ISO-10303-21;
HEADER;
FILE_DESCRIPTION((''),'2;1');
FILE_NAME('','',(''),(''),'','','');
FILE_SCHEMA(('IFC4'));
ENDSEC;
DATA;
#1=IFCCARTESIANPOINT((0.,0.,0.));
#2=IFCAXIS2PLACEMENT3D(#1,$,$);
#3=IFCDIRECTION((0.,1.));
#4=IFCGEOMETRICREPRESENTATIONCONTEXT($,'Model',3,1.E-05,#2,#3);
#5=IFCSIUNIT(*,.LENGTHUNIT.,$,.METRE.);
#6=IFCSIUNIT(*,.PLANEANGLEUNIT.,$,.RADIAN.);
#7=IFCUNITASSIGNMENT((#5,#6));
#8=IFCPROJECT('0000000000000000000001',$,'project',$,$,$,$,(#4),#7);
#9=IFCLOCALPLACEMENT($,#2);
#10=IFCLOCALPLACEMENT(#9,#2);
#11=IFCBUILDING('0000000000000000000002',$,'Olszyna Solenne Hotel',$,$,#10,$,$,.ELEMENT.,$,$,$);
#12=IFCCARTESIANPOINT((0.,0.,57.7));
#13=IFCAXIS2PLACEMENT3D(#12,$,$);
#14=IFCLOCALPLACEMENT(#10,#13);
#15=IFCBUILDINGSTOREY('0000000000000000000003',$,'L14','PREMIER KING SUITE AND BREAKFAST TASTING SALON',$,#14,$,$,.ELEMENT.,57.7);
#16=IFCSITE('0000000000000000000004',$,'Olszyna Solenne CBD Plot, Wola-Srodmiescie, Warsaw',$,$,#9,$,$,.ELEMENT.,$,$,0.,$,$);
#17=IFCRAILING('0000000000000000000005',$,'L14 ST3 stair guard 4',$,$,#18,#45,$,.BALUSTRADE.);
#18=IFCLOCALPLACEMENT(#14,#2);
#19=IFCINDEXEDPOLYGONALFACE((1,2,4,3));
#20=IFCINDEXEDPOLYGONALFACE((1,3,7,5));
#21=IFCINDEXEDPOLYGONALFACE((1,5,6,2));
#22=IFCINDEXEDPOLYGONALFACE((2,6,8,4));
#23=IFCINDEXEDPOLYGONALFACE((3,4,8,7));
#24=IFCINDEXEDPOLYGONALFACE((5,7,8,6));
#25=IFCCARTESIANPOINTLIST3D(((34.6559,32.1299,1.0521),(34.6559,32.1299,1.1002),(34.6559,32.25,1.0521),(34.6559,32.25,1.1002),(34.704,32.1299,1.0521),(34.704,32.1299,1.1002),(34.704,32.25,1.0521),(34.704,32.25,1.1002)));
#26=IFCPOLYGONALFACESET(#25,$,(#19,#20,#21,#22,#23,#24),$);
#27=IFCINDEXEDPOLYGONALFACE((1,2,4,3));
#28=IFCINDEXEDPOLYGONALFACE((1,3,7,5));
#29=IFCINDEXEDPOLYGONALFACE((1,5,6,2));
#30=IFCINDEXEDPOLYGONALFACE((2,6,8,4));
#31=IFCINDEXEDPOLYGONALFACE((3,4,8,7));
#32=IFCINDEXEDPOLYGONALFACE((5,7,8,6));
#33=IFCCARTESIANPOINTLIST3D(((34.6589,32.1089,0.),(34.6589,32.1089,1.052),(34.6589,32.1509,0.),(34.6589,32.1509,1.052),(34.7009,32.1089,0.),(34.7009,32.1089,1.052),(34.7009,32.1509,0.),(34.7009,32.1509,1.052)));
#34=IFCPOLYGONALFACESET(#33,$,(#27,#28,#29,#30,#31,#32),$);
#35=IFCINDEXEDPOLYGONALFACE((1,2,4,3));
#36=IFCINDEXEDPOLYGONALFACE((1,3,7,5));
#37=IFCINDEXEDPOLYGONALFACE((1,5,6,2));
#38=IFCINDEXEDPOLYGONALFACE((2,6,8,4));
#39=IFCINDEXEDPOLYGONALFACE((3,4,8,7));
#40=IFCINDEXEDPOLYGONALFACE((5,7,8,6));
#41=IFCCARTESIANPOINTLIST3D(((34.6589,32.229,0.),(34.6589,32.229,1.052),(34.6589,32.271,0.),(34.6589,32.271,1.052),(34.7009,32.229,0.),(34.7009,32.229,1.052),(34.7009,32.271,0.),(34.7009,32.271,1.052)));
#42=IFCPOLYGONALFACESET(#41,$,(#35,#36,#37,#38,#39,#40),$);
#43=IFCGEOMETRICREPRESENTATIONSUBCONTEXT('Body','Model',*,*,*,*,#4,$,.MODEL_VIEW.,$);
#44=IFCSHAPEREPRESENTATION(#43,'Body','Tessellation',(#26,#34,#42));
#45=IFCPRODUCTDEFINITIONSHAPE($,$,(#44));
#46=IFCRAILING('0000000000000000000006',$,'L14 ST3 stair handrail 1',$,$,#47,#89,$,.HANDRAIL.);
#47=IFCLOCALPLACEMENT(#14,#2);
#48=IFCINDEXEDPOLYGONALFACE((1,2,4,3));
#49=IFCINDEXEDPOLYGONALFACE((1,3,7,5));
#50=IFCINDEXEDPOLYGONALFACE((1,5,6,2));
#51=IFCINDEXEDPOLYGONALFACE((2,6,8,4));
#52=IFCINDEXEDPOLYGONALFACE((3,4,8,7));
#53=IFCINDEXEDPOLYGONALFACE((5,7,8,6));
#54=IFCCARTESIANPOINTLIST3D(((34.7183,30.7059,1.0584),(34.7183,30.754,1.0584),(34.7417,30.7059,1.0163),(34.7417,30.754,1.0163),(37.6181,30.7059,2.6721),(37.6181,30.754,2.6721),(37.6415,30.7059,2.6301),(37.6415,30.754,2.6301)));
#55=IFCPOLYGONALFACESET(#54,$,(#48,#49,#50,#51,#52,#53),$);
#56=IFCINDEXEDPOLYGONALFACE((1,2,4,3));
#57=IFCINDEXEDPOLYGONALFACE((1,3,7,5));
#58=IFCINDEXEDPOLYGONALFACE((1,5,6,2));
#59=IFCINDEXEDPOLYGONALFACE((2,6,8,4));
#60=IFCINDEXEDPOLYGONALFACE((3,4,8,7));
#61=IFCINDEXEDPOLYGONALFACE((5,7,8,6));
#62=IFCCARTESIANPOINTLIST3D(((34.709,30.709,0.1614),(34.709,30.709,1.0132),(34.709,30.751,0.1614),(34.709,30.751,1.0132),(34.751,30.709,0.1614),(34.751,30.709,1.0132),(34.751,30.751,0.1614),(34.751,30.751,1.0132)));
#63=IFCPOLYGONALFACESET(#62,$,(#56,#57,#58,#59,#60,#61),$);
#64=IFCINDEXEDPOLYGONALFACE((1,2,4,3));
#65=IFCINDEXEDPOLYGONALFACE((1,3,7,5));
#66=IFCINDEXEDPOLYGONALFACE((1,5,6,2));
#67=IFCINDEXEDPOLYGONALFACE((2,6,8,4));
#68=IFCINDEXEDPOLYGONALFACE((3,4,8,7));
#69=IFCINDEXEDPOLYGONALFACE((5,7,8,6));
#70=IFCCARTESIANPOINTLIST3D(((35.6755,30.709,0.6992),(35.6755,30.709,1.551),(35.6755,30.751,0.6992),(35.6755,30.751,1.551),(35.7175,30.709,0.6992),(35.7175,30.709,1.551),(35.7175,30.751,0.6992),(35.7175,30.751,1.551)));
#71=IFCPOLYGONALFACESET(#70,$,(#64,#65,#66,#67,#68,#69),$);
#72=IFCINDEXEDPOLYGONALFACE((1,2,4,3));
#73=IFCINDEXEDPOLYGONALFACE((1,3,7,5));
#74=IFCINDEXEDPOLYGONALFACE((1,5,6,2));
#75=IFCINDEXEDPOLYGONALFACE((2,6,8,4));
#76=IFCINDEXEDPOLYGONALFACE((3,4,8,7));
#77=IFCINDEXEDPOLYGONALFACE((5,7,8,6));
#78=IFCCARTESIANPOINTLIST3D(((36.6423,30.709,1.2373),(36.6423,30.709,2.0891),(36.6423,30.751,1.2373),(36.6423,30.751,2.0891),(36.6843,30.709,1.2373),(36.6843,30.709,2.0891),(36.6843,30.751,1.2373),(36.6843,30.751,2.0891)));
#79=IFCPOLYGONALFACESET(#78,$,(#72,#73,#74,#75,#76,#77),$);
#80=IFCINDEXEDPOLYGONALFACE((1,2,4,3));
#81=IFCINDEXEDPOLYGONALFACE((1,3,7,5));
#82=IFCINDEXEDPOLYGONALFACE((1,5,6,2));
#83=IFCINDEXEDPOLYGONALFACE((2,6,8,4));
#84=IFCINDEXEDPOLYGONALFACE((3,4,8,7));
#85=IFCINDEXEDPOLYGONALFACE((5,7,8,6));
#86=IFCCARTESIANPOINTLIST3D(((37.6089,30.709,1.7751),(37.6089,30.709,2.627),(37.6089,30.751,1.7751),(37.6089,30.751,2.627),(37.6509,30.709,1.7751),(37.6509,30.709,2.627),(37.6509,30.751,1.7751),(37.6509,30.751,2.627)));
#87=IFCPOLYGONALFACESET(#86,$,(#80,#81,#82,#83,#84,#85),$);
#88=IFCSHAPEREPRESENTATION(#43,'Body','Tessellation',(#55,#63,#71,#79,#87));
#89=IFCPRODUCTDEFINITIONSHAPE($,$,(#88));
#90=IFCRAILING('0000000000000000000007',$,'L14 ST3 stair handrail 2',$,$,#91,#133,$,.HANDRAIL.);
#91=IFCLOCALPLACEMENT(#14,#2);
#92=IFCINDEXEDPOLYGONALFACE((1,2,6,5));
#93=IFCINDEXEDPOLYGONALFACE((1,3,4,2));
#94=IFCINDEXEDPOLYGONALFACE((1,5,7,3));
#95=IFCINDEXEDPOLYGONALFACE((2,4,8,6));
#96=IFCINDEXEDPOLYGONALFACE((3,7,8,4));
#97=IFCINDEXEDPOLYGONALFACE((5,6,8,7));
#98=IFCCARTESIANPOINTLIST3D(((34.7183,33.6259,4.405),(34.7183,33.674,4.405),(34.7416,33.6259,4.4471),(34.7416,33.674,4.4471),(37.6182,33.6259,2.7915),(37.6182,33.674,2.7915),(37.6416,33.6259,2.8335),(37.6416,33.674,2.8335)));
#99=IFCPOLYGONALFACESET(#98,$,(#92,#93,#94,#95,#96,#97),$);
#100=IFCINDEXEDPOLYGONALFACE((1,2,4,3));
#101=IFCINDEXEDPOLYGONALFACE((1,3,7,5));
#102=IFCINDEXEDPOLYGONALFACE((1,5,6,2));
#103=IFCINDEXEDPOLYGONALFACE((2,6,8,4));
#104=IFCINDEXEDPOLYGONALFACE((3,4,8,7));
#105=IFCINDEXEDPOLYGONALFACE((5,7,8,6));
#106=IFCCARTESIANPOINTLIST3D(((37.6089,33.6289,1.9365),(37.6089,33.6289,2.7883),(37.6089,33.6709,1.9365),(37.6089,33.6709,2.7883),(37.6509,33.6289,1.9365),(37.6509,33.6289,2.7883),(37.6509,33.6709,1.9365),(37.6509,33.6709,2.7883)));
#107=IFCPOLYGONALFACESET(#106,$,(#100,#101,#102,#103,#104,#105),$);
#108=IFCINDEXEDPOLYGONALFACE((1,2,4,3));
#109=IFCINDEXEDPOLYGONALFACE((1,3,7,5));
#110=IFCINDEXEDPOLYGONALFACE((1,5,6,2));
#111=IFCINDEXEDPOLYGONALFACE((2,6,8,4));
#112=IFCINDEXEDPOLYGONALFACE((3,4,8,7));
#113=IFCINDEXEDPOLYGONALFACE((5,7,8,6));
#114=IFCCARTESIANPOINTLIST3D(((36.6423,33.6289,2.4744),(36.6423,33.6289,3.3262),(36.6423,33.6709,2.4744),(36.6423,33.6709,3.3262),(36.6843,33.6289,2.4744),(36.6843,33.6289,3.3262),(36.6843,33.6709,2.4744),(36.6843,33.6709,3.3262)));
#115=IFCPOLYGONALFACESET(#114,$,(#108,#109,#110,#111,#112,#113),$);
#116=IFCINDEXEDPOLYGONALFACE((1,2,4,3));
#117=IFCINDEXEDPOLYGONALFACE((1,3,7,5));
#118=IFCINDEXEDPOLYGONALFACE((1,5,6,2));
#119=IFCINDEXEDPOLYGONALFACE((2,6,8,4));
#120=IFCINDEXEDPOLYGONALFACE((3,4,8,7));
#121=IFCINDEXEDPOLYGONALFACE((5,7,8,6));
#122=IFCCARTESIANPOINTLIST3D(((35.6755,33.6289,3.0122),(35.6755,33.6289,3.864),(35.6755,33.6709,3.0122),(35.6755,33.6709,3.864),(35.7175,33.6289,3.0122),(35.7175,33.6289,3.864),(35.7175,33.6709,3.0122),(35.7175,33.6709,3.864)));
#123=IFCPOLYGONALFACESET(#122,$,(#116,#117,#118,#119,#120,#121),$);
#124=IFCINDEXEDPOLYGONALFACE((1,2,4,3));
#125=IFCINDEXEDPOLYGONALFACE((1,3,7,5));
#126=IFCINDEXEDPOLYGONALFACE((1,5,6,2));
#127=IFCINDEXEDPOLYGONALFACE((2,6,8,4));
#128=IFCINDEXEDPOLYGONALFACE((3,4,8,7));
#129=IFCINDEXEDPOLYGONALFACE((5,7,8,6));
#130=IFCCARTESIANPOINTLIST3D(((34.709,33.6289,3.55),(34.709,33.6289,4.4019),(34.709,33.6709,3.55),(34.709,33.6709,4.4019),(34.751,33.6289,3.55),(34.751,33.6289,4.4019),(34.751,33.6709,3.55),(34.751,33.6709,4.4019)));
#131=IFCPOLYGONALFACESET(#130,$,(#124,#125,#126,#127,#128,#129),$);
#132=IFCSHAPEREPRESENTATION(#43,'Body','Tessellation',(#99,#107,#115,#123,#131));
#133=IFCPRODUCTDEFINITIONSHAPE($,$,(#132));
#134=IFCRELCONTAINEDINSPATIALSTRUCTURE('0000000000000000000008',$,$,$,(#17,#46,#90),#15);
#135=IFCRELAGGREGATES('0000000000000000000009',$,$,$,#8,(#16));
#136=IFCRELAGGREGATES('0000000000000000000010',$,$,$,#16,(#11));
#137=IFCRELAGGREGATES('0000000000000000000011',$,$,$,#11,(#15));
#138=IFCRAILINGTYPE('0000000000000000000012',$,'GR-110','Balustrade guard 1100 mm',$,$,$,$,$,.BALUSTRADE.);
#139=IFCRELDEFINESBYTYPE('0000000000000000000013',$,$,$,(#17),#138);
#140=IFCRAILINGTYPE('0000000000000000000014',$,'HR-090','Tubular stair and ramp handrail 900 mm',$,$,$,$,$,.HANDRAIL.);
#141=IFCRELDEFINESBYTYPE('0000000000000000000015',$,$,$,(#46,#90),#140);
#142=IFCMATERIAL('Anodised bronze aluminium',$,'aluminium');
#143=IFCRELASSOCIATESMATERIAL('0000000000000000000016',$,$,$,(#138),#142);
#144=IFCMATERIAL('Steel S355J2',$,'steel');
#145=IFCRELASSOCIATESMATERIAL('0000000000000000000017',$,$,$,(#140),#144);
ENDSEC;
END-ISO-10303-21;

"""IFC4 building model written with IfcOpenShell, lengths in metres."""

from ifc_helpers import new_model, si_unit, direction, frame, origin, origin_2d, place, context, subcontext, project, spatial, rectangle, extrude, material, type_object, element, save


model = new_model("IFC4")

# Units and contexts
model_context = context("Model", 3, precision=1e-05, world=origin(), true_north=direction((0.0, 1.0)))
body_context = subcontext(model_context, "Body", "Model", "MODEL_VIEW")
ifc_project = project(units=[si_unit("LENGTHUNIT", "METRE"), si_unit("PLANEANGLEUNIT", "RADIAN")], contexts=[model_context])

# Site, building, storey
site_placement = place(None, origin())
site = spatial("IfcSite", under=ifc_project, at=site_placement, Name="Olszyna Solenne CBD Plot, Wola-Srodmiescie, Warsaw", CompositionType="ELEMENT", RefElevation=0.0)
building_placement = place(site_placement, origin())
building = spatial("IfcBuilding", under=site, at=building_placement, Name="Olszyna Solenne Hotel", CompositionType="ELEMENT")
storey_placement = place(building_placement, frame((0.0, 0.0, 57.7)))
storey = spatial("IfcBuildingStorey", under=building, at=storey_placement, Name="L14", Description="PREMIER KING SUITE AND BREAKFAST TASTING SALON", CompositionType="ELEMENT", Elevation=57.7)

# Shared definitions
ifc_material_1 = material(Name="Steel S355J2", Category="steel")

# Shared definitions
ifc_material_2 = material(Name="Anodised bronze aluminium", Category="aluminium")

# Railings
railing_type_1 = type_object("IfcRailingType", Name="GR-110", Description="Balustrade guard 1100 mm", PredefinedType="BALUSTRADE", material=ifc_material_2)
railing_1_placement = place(storey_placement, frame((34.6799, 32.1299, 0.0)))
element("IfcRailing", 1, at=railing_1_placement, inside=storey, type_object=railing_type_1, Name="L14 ST3 stair guard 4", PredefinedType="BALUSTRADE", context=body_context, shape_type="SweptSolid", body=[
    extrude(rectangle(XDim=0.0481, YDim=0.0481, at=origin_2d()), frame((0.0, 0.0, 1.0762), z_axis=(0.0, 1.0, 0.0), x_axis=(-1.0, 0.0, 0.0)), (0.0, 0.0, 1.0), 0.1201),
    extrude(rectangle(XDim=0.042, YDim=0.042, at=origin_2d()), origin(), (0.0, 0.0, 1.0), 1.052),
    extrude(rectangle(XDim=0.042, YDim=0.042, at=origin_2d()), frame((0.0, 0.1201, 0.0)), (0.0, 0.0, 1.0), 1.052),
])
railing_type_2 = type_object("IfcRailingType", Name="HR-090", Description="Tubular stair and ramp handrail 900 mm", PredefinedType="HANDRAIL", material=ifc_material_1)
railing_2_placement = place(storey_placement, frame((34.73, 30.73, 0.1614)))
element("IfcRailing", 2, at=railing_2_placement, inside=storey, type_object=railing_type_2, Name="L14 ST3 stair handrail 1", PredefinedType="HANDRAIL", context=body_context, shape_type="SweptSolid", body=[
    extrude(rectangle(XDim=0.0481, YDim=0.0481, at=origin_2d()), frame((0.0, 0.0, 0.876), z_axis=(0.87381, 0.0, 0.486267), x_axis=(0.0, 1.0, 0.0)), (0.0, 0.0, 1.0), 3.3186),
    extrude(rectangle(XDim=0.042, YDim=0.042, at=origin_2d()), origin(), (0.0, 0.0, 1.0), 0.8518),
    extrude(rectangle(XDim=0.042, YDim=0.042, at=origin_2d()), frame((0.9666, 0.0, 0.5378)), (0.0, 0.0, 1.0), 0.8518),
    extrude(rectangle(XDim=0.042, YDim=0.042, at=origin_2d()), frame((1.9333, 0.0, 1.0759)), (0.0, 0.0, 1.0), 0.8518),
    extrude(rectangle(XDim=0.042, YDim=0.042, at=origin_2d()), frame((2.8999, 0.0, 1.6138)), (0.0, 0.0, 1.0), 0.8518),
])
railing_3_placement = place(storey_placement, frame((37.6299, 33.6499, 1.9365)))
element("IfcRailing", 3, at=railing_3_placement, inside=storey, type_object=railing_type_2, Name="L14 ST3 stair handrail 2", PredefinedType="HANDRAIL", context=body_context, shape_type="SweptSolid", body=[
    extrude(rectangle(XDim=0.0481, YDim=0.0481, at=origin_2d()), frame((0.0, 0.0, 0.876), z_axis=(-0.873841, 0.0, 0.486211), x_axis=(0.0, -1.0, 0.0)), (0.0, 0.0, 1.0), 3.3186),
    extrude(rectangle(XDim=0.042, YDim=0.042, at=origin_2d()), origin(), (0.0, 0.0, 1.0), 0.8518),
    extrude(rectangle(XDim=0.042, YDim=0.042, at=origin_2d()), frame((-0.9666, 0.0, 0.5378)), (0.0, 0.0, 1.0), 0.8518),
    extrude(rectangle(XDim=0.042, YDim=0.042, at=origin_2d()), frame((-1.9333, 0.0, 1.0757)), (0.0, 0.0, 1.0), 0.8518),
    extrude(rectangle(XDim=0.042, YDim=0.042, at=origin_2d()), frame((-2.8999, 0.0, 1.6135)), (0.0, 0.0, 1.0), 0.8518),
])

save(model, "model.ifc")
